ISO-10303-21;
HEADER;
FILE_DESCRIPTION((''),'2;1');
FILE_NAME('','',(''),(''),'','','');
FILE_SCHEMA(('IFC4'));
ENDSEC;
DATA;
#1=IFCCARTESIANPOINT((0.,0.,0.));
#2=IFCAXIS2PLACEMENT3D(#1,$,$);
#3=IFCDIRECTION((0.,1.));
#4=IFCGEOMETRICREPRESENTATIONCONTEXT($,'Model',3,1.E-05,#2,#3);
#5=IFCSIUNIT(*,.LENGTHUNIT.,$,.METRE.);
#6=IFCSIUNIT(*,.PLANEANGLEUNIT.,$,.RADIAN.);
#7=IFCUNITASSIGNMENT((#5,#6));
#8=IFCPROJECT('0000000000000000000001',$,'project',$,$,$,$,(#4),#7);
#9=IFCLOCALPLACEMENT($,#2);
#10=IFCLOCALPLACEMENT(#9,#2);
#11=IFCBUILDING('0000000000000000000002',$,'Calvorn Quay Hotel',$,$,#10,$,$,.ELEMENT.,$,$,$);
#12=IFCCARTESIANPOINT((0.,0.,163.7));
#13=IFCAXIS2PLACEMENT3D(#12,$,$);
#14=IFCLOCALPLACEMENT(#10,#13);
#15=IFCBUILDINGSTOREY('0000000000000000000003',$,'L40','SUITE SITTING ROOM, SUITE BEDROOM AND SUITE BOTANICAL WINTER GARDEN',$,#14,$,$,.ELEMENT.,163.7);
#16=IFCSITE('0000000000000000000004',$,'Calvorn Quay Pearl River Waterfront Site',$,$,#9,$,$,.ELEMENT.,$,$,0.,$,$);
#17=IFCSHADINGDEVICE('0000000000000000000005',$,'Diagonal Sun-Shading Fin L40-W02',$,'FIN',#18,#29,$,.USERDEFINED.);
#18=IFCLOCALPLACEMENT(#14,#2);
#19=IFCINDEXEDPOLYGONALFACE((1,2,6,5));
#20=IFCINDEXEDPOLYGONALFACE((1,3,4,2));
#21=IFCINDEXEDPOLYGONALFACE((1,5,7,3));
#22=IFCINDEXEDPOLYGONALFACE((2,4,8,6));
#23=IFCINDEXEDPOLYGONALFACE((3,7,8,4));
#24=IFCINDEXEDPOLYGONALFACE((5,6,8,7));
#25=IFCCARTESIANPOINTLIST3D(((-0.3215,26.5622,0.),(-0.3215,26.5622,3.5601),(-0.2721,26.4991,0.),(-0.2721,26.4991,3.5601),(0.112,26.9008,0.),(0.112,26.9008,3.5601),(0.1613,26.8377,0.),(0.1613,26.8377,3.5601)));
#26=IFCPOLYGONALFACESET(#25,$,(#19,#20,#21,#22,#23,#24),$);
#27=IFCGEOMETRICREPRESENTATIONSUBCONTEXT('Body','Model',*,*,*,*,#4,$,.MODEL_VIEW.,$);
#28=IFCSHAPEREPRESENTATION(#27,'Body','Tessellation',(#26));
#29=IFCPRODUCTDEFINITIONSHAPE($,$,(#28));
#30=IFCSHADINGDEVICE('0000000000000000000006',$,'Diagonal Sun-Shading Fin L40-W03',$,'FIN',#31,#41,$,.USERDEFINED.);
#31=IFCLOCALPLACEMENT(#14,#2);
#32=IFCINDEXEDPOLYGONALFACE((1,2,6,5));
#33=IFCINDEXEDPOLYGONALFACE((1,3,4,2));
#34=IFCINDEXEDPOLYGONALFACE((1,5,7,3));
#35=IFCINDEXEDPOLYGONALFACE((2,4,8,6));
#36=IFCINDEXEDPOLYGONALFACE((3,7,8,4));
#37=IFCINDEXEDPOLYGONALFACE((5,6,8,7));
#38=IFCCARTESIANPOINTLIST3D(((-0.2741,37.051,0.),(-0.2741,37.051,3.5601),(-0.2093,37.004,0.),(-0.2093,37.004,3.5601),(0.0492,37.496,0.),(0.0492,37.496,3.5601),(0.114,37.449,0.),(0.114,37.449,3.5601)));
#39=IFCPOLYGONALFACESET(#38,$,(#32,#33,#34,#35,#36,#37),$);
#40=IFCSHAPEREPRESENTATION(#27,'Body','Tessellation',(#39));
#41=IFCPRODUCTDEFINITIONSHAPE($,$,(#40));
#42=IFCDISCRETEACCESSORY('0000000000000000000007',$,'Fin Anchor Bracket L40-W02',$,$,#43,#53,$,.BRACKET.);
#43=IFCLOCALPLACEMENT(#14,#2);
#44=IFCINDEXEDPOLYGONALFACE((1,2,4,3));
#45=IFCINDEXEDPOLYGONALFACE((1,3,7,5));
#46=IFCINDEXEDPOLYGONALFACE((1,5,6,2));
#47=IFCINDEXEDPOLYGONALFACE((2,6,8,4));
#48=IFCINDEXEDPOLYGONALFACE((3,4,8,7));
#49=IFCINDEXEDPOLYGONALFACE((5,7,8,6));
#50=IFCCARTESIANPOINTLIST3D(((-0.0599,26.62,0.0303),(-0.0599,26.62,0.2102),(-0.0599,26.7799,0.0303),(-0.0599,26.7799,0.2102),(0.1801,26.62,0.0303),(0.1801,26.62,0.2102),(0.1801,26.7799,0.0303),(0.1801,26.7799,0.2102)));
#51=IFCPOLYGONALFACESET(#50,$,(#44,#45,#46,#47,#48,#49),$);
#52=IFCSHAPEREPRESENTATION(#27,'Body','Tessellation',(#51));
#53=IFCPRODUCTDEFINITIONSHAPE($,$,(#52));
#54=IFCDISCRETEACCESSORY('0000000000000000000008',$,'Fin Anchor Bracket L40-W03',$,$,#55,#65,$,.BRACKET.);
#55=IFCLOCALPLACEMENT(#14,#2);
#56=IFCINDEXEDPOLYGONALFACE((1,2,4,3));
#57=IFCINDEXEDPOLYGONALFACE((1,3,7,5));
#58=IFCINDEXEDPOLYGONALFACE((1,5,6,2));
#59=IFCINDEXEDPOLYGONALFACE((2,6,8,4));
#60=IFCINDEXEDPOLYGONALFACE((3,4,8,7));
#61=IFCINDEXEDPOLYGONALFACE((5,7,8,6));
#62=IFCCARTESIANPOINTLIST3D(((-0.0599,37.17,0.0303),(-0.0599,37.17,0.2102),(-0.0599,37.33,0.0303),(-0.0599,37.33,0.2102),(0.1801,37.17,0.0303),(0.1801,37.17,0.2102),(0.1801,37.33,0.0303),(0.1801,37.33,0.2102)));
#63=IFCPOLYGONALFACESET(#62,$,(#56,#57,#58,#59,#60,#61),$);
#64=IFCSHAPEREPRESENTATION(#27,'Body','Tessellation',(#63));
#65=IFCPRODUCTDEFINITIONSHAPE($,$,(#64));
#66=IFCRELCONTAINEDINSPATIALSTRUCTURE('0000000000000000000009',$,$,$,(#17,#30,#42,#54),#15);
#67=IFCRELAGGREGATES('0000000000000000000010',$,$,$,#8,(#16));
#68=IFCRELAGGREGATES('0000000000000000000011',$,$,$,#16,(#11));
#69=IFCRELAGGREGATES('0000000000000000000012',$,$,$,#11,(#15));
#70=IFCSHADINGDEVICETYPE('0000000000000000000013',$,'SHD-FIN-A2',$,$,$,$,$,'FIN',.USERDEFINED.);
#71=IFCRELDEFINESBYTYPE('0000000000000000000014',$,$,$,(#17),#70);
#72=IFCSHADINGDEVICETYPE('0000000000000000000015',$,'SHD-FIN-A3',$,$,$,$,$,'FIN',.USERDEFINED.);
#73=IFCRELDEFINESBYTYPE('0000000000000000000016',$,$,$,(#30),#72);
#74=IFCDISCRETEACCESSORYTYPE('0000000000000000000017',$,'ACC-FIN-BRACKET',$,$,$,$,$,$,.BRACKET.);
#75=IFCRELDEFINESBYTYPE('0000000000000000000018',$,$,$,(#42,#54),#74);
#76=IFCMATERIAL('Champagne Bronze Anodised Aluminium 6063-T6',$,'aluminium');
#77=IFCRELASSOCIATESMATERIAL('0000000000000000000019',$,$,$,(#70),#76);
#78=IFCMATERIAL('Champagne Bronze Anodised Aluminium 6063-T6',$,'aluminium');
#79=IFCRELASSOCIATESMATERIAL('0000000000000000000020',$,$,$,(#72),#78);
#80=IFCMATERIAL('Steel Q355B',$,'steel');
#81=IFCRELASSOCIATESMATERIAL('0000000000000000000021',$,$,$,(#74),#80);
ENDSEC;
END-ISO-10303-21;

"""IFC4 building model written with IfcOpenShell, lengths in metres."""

from ifc_helpers import new_model, si_unit, direction, frame, origin, origin_2d, place, context, subcontext, project, spatial, rectangle, extrude, material, type_object, element, save


model = new_model("IFC4")

# Units and contexts
model_context = context("Model", 3, precision=1e-05, world=origin(), true_north=direction((0.0, 1.0)))
body_context = subcontext(model_context, "Body", "Model", "MODEL_VIEW")
ifc_project = project(units=[si_unit("LENGTHUNIT", "METRE"), si_unit("PLANEANGLEUNIT", "RADIAN")], contexts=[model_context])

# Site, building, storey
site_placement = place(None, origin())
site = spatial("IfcSite", under=ifc_project, at=site_placement, Name="Calvorn Quay Pearl River Waterfront Site", CompositionType="ELEMENT", RefElevation=0.0)
building_placement = place(site_placement, origin())
building = spatial("IfcBuilding", under=site, at=building_placement, Name="Calvorn Quay Hotel", CompositionType="ELEMENT")
storey_placement = place(building_placement, frame((0.0, 0.0, 163.7)))
storey = spatial("IfcBuildingStorey", under=building, at=storey_placement, Name="L40", Description="SUITE SITTING ROOM, SUITE BEDROOM AND SUITE BOTANICAL WINTER GARDEN", CompositionType="ELEMENT", Elevation=163.7)

# Shading devices
ifc_material_1 = material(Name="Champagne Bronze Anodised Aluminium 6063-T6", Category="aluminium")
shading_device_type_1 = type_object("IfcShadingDeviceType", Name="SHD-FIN-A2", ElementType="FIN", PredefinedType="USERDEFINED", material=ifc_material_1)
shading_device_1_placement = place(storey_placement, frame((-0.0801, 26.7, 0.0), z_axis=(0.0, 0.0, 1.0), x_axis=(0.788011, 0.615661, 0.0)))
element("IfcShadingDevice", 1, at=shading_device_1_placement, inside=storey, type_object=shading_device_type_1, Name="Diagonal Sun-Shading Fin L40-W02", ObjectType="FIN", PredefinedType="USERDEFINED", context=body_context, shape_type="SweptSolid", body=[
    extrude(rectangle(XDim=0.55, YDim=0.0801, at=origin_2d()), origin(), (0.0, 0.0, 1.0), 3.5601),
])
ifc_material_2 = material(Name="Champagne Bronze Anodised Aluminium 6063-T6", Category="aluminium")
shading_device_type_2 = type_object("IfcShadingDeviceType", Name="SHD-FIN-A3", ElementType="FIN", PredefinedType="USERDEFINED", material=ifc_material_2)
shading_device_2_placement = place(storey_placement, frame((-0.0801, 37.25, 0.0), z_axis=(0.0, 0.0, 1.0), x_axis=(0.587785, 0.809017, 0.0)))
element("IfcShadingDevice", 2, at=shading_device_2_placement, inside=storey, type_object=shading_device_type_2, Name="Diagonal Sun-Shading Fin L40-W03", ObjectType="FIN", PredefinedType="USERDEFINED", context=body_context, shape_type="SweptSolid", body=[
    extrude(rectangle(XDim=0.55, YDim=0.0801, at=origin_2d()), origin(), (0.0, 0.0, 1.0), 3.5601),
])

# Discrete accessories
ifc_material_3 = material(Name="Steel Q355B", Category="steel")
discrete_accessory_type = type_object("IfcDiscreteAccessoryType", Name="ACC-FIN-BRACKET", PredefinedType="BRACKET", material=ifc_material_3)
for number, where, z_axis, x_axis, name in (
    (3, (0.0601, 26.7, 0.0303), (0.0, 0.0, 1.0), (1.0, 0.0, 0.0), "Fin Anchor Bracket L40-W02"),
    (4, (0.0601, 37.25, 0.0303), (0.0, 0.0, 1.0), (1.0, 0.0, 0.0), "Fin Anchor Bracket L40-W03"),
):
    element("IfcDiscreteAccessory", number, at=place(storey_placement, frame(where, z_axis=z_axis, x_axis=x_axis)), inside=storey, type_object=discrete_accessory_type, Name=name, PredefinedType="BRACKET", context=body_context, shape_type="SweptSolid", body=[
        extrude(rectangle(XDim=0.24, YDim=0.1599, at=origin_2d()), origin(), (0.0, 0.0, 1.0), 0.1799),
    ])

save(model, "model.ifc")
